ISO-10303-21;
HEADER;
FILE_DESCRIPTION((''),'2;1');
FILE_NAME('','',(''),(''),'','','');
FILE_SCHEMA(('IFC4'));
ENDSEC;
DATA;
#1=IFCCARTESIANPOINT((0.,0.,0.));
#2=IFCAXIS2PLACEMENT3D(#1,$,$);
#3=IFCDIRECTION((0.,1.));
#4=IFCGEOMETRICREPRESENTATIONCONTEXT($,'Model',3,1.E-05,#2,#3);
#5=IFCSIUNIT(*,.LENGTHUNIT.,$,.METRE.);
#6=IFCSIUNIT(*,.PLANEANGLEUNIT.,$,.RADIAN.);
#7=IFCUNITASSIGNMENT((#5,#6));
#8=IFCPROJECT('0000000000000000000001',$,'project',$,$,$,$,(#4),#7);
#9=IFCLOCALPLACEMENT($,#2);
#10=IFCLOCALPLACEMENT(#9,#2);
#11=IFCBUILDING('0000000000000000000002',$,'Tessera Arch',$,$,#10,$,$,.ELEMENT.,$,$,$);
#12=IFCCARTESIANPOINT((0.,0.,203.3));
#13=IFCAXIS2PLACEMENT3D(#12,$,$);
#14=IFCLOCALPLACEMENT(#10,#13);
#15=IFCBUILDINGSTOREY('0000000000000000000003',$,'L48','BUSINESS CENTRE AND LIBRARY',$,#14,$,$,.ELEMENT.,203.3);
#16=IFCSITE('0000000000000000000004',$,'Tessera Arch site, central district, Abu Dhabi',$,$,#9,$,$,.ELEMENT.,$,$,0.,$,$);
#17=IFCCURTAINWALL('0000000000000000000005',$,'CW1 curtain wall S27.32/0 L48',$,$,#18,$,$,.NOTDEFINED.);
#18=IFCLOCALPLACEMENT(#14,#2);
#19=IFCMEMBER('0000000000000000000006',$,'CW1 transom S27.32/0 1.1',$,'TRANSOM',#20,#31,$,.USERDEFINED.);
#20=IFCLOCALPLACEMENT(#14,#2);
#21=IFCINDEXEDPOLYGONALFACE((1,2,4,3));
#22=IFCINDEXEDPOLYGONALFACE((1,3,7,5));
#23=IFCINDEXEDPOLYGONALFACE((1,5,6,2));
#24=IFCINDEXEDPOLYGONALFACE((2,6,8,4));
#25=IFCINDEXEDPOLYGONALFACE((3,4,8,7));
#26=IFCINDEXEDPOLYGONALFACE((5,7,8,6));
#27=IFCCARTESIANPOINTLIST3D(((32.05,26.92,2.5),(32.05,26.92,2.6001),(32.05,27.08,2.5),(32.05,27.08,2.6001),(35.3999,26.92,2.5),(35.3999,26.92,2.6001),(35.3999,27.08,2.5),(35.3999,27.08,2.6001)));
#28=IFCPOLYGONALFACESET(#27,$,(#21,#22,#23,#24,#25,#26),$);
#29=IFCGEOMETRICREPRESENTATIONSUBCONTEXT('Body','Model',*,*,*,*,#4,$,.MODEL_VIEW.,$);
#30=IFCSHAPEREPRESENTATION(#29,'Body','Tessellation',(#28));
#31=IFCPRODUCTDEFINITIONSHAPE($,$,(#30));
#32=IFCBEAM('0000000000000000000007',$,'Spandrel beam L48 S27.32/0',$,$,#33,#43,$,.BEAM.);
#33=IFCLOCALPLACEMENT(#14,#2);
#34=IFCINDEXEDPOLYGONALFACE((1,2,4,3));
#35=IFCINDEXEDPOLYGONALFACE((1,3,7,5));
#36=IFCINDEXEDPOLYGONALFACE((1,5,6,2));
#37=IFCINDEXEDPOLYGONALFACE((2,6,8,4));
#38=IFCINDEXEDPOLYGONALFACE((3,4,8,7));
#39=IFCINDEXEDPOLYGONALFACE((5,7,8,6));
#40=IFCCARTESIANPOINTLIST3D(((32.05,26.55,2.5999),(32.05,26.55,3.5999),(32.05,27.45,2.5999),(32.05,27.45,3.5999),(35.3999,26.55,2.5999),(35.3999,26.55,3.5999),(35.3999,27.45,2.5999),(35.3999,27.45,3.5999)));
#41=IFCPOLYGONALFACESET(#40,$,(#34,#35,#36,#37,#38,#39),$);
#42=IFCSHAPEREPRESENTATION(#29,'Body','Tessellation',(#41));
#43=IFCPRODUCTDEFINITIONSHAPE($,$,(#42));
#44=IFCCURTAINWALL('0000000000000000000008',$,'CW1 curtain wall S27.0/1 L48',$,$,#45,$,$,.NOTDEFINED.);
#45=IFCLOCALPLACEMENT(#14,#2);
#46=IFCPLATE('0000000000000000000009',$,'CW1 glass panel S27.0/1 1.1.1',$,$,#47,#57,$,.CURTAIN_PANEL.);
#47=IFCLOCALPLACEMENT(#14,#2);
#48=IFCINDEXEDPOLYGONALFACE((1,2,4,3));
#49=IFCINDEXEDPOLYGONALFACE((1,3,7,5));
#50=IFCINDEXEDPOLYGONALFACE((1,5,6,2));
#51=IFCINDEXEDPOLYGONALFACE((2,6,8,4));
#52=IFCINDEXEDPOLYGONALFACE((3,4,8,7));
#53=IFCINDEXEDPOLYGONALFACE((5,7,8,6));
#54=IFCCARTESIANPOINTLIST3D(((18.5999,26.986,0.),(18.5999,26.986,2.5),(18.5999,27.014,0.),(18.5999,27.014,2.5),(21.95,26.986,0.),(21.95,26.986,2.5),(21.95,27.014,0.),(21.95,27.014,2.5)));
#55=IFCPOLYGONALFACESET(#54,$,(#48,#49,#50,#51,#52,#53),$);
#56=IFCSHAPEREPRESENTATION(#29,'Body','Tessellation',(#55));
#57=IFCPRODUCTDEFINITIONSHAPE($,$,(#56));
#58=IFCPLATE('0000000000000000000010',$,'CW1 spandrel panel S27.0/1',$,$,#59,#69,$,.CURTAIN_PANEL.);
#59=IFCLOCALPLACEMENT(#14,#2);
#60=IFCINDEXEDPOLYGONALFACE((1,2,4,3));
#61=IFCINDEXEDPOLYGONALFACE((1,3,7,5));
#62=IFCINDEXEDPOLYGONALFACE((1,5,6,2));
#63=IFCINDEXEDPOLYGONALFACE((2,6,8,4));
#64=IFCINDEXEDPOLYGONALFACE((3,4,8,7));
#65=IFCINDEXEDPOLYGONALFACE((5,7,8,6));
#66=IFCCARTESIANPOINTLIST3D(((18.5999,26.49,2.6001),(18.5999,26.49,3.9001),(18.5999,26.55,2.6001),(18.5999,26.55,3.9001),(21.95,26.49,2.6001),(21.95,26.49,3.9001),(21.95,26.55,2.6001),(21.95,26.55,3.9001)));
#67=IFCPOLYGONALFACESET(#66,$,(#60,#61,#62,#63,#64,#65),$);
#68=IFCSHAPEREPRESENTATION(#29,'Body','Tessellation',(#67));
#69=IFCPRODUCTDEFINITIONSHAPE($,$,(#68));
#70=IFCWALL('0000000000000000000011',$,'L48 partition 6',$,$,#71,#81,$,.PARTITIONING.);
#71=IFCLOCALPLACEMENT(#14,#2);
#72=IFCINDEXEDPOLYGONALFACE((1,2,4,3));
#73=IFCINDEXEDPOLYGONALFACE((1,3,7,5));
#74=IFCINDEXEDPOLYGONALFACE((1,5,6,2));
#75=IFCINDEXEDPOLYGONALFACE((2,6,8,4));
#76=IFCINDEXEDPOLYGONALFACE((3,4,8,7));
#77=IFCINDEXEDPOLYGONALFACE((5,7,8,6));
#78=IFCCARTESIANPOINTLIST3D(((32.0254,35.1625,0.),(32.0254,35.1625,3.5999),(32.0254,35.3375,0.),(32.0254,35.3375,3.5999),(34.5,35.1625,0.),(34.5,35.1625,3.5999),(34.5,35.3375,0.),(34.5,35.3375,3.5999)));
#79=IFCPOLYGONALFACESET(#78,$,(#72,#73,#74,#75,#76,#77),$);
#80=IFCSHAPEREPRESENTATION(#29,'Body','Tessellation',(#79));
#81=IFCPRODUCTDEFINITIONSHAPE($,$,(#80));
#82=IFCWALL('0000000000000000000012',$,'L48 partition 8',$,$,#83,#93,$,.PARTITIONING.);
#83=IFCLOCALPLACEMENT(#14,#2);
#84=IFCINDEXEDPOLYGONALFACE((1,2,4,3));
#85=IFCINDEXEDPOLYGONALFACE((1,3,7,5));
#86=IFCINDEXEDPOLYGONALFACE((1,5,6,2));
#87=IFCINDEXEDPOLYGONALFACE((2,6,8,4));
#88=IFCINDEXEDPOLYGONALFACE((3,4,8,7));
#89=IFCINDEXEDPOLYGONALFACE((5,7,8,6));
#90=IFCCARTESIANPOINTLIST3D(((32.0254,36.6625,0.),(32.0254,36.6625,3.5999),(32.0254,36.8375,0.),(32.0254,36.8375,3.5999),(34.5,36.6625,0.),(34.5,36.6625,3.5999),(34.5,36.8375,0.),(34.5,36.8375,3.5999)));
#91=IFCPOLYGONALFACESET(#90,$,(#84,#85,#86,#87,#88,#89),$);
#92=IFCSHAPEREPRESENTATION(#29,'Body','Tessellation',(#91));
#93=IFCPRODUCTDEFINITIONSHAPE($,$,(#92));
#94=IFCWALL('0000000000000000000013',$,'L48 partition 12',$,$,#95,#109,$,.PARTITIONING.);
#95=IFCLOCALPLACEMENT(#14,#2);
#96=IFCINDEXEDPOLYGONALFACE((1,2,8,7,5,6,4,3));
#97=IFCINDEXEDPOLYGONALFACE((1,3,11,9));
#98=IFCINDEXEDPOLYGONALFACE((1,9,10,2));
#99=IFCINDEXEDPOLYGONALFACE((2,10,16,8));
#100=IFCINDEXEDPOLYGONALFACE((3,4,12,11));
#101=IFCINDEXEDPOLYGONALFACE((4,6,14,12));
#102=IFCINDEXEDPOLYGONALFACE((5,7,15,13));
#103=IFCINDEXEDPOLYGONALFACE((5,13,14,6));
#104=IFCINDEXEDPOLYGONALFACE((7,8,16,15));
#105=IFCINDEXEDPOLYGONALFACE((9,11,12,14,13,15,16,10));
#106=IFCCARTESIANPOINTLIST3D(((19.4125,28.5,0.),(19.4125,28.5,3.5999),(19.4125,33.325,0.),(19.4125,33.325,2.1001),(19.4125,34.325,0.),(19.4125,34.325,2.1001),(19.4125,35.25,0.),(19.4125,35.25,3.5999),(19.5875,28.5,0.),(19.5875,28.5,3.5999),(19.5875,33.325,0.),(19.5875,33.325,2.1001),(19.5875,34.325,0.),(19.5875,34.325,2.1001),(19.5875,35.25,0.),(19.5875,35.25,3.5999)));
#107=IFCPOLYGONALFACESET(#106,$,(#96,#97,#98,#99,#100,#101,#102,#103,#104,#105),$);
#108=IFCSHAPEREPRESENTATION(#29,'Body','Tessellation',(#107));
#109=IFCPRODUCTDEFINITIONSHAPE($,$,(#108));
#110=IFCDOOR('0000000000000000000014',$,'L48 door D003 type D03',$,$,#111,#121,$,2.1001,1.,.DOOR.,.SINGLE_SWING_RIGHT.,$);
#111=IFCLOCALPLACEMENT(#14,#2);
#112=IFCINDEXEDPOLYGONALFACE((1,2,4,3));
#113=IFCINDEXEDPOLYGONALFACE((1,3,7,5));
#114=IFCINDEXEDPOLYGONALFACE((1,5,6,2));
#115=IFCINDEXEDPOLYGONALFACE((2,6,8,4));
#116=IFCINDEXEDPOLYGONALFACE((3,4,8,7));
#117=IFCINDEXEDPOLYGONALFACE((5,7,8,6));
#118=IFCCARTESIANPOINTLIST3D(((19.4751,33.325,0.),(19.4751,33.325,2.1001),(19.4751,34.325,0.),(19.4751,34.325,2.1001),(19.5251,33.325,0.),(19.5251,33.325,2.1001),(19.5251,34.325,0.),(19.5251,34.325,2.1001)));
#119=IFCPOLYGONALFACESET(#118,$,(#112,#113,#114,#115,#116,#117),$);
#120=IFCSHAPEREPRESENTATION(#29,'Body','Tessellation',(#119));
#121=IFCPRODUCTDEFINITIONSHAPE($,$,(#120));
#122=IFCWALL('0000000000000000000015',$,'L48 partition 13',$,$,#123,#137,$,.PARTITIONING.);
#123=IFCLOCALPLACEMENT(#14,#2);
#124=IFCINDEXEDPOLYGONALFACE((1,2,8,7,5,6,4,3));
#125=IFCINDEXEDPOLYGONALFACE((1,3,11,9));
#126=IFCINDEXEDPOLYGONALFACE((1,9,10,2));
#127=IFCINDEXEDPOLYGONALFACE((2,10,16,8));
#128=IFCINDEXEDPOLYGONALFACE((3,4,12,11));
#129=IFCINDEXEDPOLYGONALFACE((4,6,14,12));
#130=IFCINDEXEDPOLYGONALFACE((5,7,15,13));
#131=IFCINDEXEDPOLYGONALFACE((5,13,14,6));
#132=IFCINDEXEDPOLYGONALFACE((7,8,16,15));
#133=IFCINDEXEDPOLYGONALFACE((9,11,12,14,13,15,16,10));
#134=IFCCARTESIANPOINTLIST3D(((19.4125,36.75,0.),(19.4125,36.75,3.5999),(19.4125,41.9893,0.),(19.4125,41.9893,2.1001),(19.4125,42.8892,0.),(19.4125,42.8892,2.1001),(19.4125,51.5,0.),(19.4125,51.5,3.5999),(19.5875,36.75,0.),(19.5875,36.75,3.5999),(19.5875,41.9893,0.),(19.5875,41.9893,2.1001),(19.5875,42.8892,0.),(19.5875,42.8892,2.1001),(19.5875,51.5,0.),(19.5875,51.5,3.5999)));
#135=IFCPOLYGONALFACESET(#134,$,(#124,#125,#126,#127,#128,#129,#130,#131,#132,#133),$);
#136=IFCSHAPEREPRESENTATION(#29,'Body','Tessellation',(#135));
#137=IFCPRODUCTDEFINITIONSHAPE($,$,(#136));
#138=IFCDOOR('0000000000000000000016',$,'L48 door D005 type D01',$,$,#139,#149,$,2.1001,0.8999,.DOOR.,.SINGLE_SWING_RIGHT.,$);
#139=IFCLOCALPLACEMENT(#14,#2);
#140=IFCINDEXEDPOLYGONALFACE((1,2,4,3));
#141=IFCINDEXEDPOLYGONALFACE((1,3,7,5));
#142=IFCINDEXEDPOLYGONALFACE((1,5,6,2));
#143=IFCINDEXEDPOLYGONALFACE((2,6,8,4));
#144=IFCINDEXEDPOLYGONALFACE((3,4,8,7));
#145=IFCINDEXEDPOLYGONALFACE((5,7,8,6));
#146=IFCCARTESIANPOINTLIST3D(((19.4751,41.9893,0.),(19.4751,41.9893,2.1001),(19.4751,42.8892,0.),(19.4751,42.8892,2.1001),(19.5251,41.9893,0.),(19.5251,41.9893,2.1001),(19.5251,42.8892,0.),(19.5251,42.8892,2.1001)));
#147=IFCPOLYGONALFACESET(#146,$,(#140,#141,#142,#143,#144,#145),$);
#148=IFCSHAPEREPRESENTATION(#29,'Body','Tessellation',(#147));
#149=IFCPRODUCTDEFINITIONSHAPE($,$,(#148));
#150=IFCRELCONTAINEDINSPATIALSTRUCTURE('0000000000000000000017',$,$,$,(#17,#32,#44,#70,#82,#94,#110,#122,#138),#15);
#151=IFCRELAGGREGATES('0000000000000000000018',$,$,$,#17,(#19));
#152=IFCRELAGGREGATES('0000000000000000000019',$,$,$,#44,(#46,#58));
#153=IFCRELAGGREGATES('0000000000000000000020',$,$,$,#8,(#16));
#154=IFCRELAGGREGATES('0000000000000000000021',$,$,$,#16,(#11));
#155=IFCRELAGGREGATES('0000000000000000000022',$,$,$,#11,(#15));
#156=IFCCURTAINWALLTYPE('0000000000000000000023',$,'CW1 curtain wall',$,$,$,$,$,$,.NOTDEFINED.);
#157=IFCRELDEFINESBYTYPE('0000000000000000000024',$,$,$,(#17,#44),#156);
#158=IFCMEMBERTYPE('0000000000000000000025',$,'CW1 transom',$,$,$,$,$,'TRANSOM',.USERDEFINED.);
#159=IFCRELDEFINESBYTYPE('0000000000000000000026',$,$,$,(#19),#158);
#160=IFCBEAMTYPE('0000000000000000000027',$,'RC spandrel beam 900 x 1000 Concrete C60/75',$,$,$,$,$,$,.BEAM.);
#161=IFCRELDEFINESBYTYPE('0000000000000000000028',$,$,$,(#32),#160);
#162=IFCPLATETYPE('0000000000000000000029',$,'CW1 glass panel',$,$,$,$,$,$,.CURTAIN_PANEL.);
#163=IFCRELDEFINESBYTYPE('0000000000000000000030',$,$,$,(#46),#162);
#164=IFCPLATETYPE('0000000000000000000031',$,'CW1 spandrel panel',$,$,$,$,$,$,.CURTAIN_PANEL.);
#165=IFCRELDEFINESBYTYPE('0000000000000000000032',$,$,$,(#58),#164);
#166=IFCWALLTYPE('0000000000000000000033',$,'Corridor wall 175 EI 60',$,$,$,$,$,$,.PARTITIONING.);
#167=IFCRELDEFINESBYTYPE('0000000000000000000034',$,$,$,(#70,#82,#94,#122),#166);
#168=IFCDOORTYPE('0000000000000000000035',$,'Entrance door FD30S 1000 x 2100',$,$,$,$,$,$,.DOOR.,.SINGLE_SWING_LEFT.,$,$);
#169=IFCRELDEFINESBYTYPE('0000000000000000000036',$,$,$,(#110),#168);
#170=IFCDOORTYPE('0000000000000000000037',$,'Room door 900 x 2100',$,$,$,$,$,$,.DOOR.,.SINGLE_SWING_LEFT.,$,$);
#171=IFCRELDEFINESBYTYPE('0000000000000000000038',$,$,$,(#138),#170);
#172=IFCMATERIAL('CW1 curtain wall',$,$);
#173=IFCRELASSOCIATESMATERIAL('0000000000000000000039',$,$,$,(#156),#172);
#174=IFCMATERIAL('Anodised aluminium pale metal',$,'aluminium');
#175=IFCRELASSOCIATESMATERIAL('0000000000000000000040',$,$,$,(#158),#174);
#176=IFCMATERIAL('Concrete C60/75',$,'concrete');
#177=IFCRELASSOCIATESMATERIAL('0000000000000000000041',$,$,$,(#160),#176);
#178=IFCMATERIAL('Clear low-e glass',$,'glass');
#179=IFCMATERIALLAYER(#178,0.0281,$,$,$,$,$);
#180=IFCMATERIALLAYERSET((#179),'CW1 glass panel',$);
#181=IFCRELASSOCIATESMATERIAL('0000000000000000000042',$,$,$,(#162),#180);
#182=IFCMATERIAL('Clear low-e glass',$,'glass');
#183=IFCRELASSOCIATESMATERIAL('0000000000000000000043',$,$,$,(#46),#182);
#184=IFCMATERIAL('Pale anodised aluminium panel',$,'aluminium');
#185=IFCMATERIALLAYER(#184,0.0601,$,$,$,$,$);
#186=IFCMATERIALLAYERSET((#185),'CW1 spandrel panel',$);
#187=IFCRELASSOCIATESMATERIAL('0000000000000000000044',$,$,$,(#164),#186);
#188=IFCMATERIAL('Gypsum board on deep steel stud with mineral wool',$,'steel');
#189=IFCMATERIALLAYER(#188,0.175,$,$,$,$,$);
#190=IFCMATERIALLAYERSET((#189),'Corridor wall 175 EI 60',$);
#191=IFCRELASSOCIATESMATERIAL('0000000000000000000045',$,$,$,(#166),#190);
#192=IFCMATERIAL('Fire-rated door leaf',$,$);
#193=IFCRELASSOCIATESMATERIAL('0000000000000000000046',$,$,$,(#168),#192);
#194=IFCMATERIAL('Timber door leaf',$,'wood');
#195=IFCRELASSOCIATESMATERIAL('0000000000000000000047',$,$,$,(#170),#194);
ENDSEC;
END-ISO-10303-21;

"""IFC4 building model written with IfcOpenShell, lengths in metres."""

from ifc_helpers import new_model, si_unit, direction, frame, frame_2d, origin, origin_2d, place, context, subcontext, project, spatial, rectangle, extrude, material, layer, layer_set, material_profile, profile_set, type_object, element, fill, aggregate, save


model = new_model("IFC4")

# Units and contexts
model_context = context("Model", 3, precision=1e-05, world=origin(), true_north=direction((0.0, 1.0)))
body_context = subcontext(model_context, "Body", "Model", "MODEL_VIEW")
ifc_project = project(units=[si_unit("LENGTHUNIT", "METRE"), si_unit("PLANEANGLEUNIT", "RADIAN")], contexts=[model_context])

# Site, building, storey
site_placement = place(None, origin())
site = spatial("IfcSite", under=ifc_project, at=site_placement, Name="Tessera Arch site, central district, Abu Dhabi", CompositionType="ELEMENT", RefElevation=0.0)
building_placement = place(site_placement, origin())
building = spatial("IfcBuilding", under=site, at=building_placement, Name="Tessera Arch", CompositionType="ELEMENT")
storey_placement = place(building_placement, frame((0.0, 0.0, 203.3)))
storey = spatial("IfcBuildingStorey", under=building, at=storey_placement, Name="L48", Description="BUSINESS CENTRE AND LIBRARY", CompositionType="ELEMENT", Elevation=203.3)

# Curtain wall, member
ifc_material_1 = material(Name="CW1 curtain wall")
curtain_wall_type = type_object("IfcCurtainWallType", Name="CW1 curtain wall", PredefinedType="NOTDEFINED", material=ifc_material_1)
curtain_wall_1_placement = place(storey_placement, origin())
curtain_wall_1 = element("IfcCurtainWall", 1, at=curtain_wall_1_placement, inside=storey, type_object=curtain_wall_type, Name="CW1 curtain wall S27.32/0 L48", PredefinedType="NOTDEFINED")
ifc_material_2 = material(Name="Anodised aluminium pale metal", Category="aluminium")
ifc_material_profile_1 = material_profile(ifc_material_2, rectangle(XDim=0.1599, YDim=0.1001, at=origin_2d()), Name="AL 160x100")
ifc_profile_set_1 = profile_set([ifc_material_profile_1], Name="Anodised aluminium pale metal")
member_type = type_object("IfcMemberType", Name="CW1 transom", ElementType="TRANSOM", PredefinedType="USERDEFINED", material=ifc_profile_set_1)
member_placement = place(storey_placement, frame((32.05, 27.0, 2.55), z_axis=(1.0, 0.0, 0.0), x_axis=(0.0, 1.0, 0.0)))
member = element("IfcMember", 2, at=member_placement, type_object=member_type, Name="CW1 transom S27.32/0 1.1", ObjectType="TRANSOM", PredefinedType="USERDEFINED", context=body_context, shape_type="SweptSolid", body=[
    extrude(rectangle(XDim=0.1599, YDim=0.1001, at=origin_2d()), origin(), (0.0, 0.0, 1.0), 3.3499),
])
aggregate(curtain_wall_1, [member])

# Beam
ifc_material_3 = material(Name="Concrete C60/75", Category="concrete")
ifc_material_profile_2 = material_profile(ifc_material_3, rectangle(XDim=0.8999, YDim=1.0, at=origin_2d()), Name="RC spandrel beam 900 x 1000 Concrete C60/75")
ifc_profile_set_2 = profile_set([ifc_material_profile_2], Name="Concrete C60/75")
beam_type = type_object("IfcBeamType", Name="RC spandrel beam 900 x 1000 Concrete C60/75", PredefinedType="BEAM", material=ifc_profile_set_2)
beam_placement = place(storey_placement, frame((32.05, 27.0, 3.0999), z_axis=(1.0, 0.0, 0.0), x_axis=(0.0, 1.0, 0.0)))
element("IfcBeam", 3, at=beam_placement, inside=storey, type_object=beam_type, Name="Spandrel beam L48 S27.32/0", PredefinedType="BEAM", context=body_context, shape_type="SweptSolid", body=[
    extrude(rectangle(XDim=0.8999, YDim=1.0, at=origin_2d()), origin(), (0.0, 0.0, 1.0), 3.3499),
])

# Curtain wall, plates
curtain_wall_2_placement = place(storey_placement, origin())
curtain_wall_2 = element("IfcCurtainWall", 4, at=curtain_wall_2_placement, inside=storey, type_object=curtain_wall_type, Name="CW1 curtain wall S27.0/1 L48", PredefinedType="NOTDEFINED")
ifc_material_4 = material(Name="Clear low-e glass", Category="glass")
ifc_material_5 = material(Name="Clear low-e glass", Category="glass")
ifc_layer_1 = layer(ifc_material_5, 0.0281)
ifc_layer_set_1 = layer_set([ifc_layer_1], Name="CW1 glass panel")
plate_type_1 = type_object("IfcPlateType", Name="CW1 glass panel", PredefinedType="CURTAIN_PANEL", material=ifc_layer_set_1)
plate_1_placement = place(storey_placement, frame((20.2749, 27.0, 0.0), z_axis=(0.0, 0.0, 1.0), x_axis=(1.0, 0.0, 0.0)))
plate_1 = element("IfcPlate", 5, at=plate_1_placement, type_object=plate_type_1, material=ifc_material_4, Name="CW1 glass panel S27.0/1 1.1.1", PredefinedType="CURTAIN_PANEL", context=body_context, shape_type="SweptSolid", body=[
    extrude(rectangle(XDim=3.3501, YDim=0.0281, at=origin_2d()), origin(), (0.0, 0.0, 1.0), 2.5),
])
ifc_material_6 = material(Name="Pale anodised aluminium panel", Category="aluminium")
ifc_layer_2 = layer(ifc_material_6, 0.0601)
ifc_layer_set_2 = layer_set([ifc_layer_2], Name="CW1 spandrel panel")
plate_type_2 = type_object("IfcPlateType", Name="CW1 spandrel panel", PredefinedType="CURTAIN_PANEL", material=ifc_layer_set_2)
plate_2_placement = place(storey_placement, frame((20.2749, 26.52, 2.6001), z_axis=(0.0, 0.0, 1.0), x_axis=(1.0, 0.0, 0.0)))
plate_2 = element("IfcPlate", 6, at=plate_2_placement, type_object=plate_type_2, Name="CW1 spandrel panel S27.0/1", PredefinedType="CURTAIN_PANEL", context=body_context, shape_type="SweptSolid", body=[
    extrude(rectangle(XDim=3.3501, YDim=0.0601, at=origin_2d()), origin(), (0.0, 0.0, 1.0), 1.3),
])
aggregate(curtain_wall_2, [plate_1, plate_2])

# Walls
ifc_material_7 = material(Name="Gypsum board on deep steel stud with mineral wool", Category="steel")
ifc_layer_3 = layer(ifc_material_7, 0.175)
ifc_layer_set_3 = layer_set([ifc_layer_3], Name="Corridor wall 175 EI 60")
wall_type_1 = type_object("IfcWallType", Name="Corridor wall 175 EI 60", PredefinedType="PARTITIONING", material=ifc_layer_set_3)
for number, where, z_axis, x_axis, name in (
    (7, (32.0254, 35.25, 0.0), (0.0, 0.0, 1.0), (1.0, 0.0, 0.0), "L48 partition 6"),
    (8, (32.0254, 36.75, 0.0), (0.0, 0.0, 1.0), (1.0, 0.0, 0.0), "L48 partition 8"),
):
    element("IfcWall", number, at=place(storey_placement, frame(where, z_axis=z_axis, x_axis=x_axis)), inside=storey, type_object=wall_type_1, Name=name, PredefinedType="PARTITIONING", context=body_context, shape_type="SweptSolid", body=[
        extrude(rectangle(XDim=2.4746, YDim=0.175, at=frame_2d((1.2373, 0.0))), origin(), (0.0, 0.0, 1.0), 3.5999),
    ])

# Walls, openings, doors
wall_1_placement = place(storey_placement, frame((19.5, 28.5, 0.0), z_axis=(0.0, 0.0, 1.0), x_axis=(0.0, 1.0, 0.0)))
wall_1 = element("IfcWall", 9, at=wall_1_placement, inside=storey, type_object=wall_type_1, Name="L48 partition 12", PredefinedType="PARTITIONING", context=body_context, shape_type="SweptSolid", body=[
    extrude(rectangle(XDim=6.75, YDim=0.175, at=frame_2d((3.375, 0.0))), origin(), (0.0, 0.0, 1.0), 3.5999),
])
opening_1_placement = place(wall_1_placement, frame((4.825, 0.0, 0.0)))
opening_1 = element("IfcOpeningElement", 10, at=opening_1_placement, cuts=wall_1, PredefinedType="OPENING", context=body_context, shape_type="SweptSolid", body=[
    extrude(rectangle(XDim=1.0, YDim=2.1001, at=frame_2d((0.5, 1.05))), frame((0.0, 0.0974, 0.0), z_axis=(0.0, -1.0, 0.0), x_axis=(1.0, 0.0, 0.0)), (0.0, 0.0, 1.0), 0.1951),
])
ifc_material_8 = material(Name="Fire-rated door leaf")
door_type_1 = type_object("IfcDoorType", Name="Entrance door FD30S 1000 x 2100", OperationType="SINGLE_SWING_LEFT", PredefinedType="DOOR", material=ifc_material_8)
door_1_placement = place(opening_1_placement, origin())
door_1 = element("IfcDoor", 11, at=door_1_placement, inside=storey, type_object=door_type_1, Name="L48 door D003 type D03", OperationType="SINGLE_SWING_RIGHT", OverallHeight=2.1001, OverallWidth=1.0, PredefinedType="DOOR", context=body_context, shape_type="SweptSolid", body=[
    extrude(rectangle(XDim=1.0, YDim=2.1001, at=frame_2d((0.5, 1.05))), frame((0.0, 0.0249, 0.0), z_axis=(0.0, -1.0, 0.0), x_axis=(1.0, 0.0, 0.0)), (0.0, 0.0, 1.0), 0.05),
])
fill(opening_1, door_1)
wall_2_placement = place(storey_placement, frame((19.5, 36.75, 0.0), z_axis=(0.0, 0.0, 1.0), x_axis=(0.0, 1.0, 0.0)))
wall_2 = element("IfcWall", 12, at=wall_2_placement, inside=storey, type_object=wall_type_1, Name="L48 partition 13", PredefinedType="PARTITIONING", context=body_context, shape_type="SweptSolid", body=[
    extrude(rectangle(XDim=14.75, YDim=0.175, at=frame_2d((7.375, 0.0))), origin(), (0.0, 0.0, 1.0), 3.5999),
])
opening_2_placement = place(wall_2_placement, frame((5.2393, 0.0, 0.0)))
opening_2 = element("IfcOpeningElement", 13, at=opening_2_placement, cuts=wall_2, PredefinedType="OPENING", context=body_context, shape_type="SweptSolid", body=[
    extrude(rectangle(XDim=0.8999, YDim=2.1001, at=frame_2d((0.45, 1.05))), frame((0.0, 0.0974, 0.0), z_axis=(0.0, -1.0, 0.0), x_axis=(1.0, 0.0, 0.0)), (0.0, 0.0, 1.0), 0.1951),
])
ifc_material_9 = material(Name="Timber door leaf", Category="wood")
door_type_2 = type_object("IfcDoorType", Name="Room door 900 x 2100", OperationType="SINGLE_SWING_LEFT", PredefinedType="DOOR", material=ifc_material_9)
door_2_placement = place(opening_2_placement, origin())
door_2 = element("IfcDoor", 14, at=door_2_placement, inside=storey, type_object=door_type_2, Name="L48 door D005 type D01", OperationType="SINGLE_SWING_RIGHT", OverallHeight=2.1001, OverallWidth=0.8999, PredefinedType="DOOR", context=body_context, shape_type="SweptSolid", body=[
    extrude(rectangle(XDim=0.8999, YDim=2.1001, at=frame_2d((0.45, 1.05))), frame((0.0, 0.0249, 0.0), z_axis=(0.0, -1.0, 0.0), x_axis=(1.0, 0.0, 0.0)), (0.0, 0.0, 1.0), 0.05),
])
fill(opening_2, door_2)

save(model, "model.ifc")
